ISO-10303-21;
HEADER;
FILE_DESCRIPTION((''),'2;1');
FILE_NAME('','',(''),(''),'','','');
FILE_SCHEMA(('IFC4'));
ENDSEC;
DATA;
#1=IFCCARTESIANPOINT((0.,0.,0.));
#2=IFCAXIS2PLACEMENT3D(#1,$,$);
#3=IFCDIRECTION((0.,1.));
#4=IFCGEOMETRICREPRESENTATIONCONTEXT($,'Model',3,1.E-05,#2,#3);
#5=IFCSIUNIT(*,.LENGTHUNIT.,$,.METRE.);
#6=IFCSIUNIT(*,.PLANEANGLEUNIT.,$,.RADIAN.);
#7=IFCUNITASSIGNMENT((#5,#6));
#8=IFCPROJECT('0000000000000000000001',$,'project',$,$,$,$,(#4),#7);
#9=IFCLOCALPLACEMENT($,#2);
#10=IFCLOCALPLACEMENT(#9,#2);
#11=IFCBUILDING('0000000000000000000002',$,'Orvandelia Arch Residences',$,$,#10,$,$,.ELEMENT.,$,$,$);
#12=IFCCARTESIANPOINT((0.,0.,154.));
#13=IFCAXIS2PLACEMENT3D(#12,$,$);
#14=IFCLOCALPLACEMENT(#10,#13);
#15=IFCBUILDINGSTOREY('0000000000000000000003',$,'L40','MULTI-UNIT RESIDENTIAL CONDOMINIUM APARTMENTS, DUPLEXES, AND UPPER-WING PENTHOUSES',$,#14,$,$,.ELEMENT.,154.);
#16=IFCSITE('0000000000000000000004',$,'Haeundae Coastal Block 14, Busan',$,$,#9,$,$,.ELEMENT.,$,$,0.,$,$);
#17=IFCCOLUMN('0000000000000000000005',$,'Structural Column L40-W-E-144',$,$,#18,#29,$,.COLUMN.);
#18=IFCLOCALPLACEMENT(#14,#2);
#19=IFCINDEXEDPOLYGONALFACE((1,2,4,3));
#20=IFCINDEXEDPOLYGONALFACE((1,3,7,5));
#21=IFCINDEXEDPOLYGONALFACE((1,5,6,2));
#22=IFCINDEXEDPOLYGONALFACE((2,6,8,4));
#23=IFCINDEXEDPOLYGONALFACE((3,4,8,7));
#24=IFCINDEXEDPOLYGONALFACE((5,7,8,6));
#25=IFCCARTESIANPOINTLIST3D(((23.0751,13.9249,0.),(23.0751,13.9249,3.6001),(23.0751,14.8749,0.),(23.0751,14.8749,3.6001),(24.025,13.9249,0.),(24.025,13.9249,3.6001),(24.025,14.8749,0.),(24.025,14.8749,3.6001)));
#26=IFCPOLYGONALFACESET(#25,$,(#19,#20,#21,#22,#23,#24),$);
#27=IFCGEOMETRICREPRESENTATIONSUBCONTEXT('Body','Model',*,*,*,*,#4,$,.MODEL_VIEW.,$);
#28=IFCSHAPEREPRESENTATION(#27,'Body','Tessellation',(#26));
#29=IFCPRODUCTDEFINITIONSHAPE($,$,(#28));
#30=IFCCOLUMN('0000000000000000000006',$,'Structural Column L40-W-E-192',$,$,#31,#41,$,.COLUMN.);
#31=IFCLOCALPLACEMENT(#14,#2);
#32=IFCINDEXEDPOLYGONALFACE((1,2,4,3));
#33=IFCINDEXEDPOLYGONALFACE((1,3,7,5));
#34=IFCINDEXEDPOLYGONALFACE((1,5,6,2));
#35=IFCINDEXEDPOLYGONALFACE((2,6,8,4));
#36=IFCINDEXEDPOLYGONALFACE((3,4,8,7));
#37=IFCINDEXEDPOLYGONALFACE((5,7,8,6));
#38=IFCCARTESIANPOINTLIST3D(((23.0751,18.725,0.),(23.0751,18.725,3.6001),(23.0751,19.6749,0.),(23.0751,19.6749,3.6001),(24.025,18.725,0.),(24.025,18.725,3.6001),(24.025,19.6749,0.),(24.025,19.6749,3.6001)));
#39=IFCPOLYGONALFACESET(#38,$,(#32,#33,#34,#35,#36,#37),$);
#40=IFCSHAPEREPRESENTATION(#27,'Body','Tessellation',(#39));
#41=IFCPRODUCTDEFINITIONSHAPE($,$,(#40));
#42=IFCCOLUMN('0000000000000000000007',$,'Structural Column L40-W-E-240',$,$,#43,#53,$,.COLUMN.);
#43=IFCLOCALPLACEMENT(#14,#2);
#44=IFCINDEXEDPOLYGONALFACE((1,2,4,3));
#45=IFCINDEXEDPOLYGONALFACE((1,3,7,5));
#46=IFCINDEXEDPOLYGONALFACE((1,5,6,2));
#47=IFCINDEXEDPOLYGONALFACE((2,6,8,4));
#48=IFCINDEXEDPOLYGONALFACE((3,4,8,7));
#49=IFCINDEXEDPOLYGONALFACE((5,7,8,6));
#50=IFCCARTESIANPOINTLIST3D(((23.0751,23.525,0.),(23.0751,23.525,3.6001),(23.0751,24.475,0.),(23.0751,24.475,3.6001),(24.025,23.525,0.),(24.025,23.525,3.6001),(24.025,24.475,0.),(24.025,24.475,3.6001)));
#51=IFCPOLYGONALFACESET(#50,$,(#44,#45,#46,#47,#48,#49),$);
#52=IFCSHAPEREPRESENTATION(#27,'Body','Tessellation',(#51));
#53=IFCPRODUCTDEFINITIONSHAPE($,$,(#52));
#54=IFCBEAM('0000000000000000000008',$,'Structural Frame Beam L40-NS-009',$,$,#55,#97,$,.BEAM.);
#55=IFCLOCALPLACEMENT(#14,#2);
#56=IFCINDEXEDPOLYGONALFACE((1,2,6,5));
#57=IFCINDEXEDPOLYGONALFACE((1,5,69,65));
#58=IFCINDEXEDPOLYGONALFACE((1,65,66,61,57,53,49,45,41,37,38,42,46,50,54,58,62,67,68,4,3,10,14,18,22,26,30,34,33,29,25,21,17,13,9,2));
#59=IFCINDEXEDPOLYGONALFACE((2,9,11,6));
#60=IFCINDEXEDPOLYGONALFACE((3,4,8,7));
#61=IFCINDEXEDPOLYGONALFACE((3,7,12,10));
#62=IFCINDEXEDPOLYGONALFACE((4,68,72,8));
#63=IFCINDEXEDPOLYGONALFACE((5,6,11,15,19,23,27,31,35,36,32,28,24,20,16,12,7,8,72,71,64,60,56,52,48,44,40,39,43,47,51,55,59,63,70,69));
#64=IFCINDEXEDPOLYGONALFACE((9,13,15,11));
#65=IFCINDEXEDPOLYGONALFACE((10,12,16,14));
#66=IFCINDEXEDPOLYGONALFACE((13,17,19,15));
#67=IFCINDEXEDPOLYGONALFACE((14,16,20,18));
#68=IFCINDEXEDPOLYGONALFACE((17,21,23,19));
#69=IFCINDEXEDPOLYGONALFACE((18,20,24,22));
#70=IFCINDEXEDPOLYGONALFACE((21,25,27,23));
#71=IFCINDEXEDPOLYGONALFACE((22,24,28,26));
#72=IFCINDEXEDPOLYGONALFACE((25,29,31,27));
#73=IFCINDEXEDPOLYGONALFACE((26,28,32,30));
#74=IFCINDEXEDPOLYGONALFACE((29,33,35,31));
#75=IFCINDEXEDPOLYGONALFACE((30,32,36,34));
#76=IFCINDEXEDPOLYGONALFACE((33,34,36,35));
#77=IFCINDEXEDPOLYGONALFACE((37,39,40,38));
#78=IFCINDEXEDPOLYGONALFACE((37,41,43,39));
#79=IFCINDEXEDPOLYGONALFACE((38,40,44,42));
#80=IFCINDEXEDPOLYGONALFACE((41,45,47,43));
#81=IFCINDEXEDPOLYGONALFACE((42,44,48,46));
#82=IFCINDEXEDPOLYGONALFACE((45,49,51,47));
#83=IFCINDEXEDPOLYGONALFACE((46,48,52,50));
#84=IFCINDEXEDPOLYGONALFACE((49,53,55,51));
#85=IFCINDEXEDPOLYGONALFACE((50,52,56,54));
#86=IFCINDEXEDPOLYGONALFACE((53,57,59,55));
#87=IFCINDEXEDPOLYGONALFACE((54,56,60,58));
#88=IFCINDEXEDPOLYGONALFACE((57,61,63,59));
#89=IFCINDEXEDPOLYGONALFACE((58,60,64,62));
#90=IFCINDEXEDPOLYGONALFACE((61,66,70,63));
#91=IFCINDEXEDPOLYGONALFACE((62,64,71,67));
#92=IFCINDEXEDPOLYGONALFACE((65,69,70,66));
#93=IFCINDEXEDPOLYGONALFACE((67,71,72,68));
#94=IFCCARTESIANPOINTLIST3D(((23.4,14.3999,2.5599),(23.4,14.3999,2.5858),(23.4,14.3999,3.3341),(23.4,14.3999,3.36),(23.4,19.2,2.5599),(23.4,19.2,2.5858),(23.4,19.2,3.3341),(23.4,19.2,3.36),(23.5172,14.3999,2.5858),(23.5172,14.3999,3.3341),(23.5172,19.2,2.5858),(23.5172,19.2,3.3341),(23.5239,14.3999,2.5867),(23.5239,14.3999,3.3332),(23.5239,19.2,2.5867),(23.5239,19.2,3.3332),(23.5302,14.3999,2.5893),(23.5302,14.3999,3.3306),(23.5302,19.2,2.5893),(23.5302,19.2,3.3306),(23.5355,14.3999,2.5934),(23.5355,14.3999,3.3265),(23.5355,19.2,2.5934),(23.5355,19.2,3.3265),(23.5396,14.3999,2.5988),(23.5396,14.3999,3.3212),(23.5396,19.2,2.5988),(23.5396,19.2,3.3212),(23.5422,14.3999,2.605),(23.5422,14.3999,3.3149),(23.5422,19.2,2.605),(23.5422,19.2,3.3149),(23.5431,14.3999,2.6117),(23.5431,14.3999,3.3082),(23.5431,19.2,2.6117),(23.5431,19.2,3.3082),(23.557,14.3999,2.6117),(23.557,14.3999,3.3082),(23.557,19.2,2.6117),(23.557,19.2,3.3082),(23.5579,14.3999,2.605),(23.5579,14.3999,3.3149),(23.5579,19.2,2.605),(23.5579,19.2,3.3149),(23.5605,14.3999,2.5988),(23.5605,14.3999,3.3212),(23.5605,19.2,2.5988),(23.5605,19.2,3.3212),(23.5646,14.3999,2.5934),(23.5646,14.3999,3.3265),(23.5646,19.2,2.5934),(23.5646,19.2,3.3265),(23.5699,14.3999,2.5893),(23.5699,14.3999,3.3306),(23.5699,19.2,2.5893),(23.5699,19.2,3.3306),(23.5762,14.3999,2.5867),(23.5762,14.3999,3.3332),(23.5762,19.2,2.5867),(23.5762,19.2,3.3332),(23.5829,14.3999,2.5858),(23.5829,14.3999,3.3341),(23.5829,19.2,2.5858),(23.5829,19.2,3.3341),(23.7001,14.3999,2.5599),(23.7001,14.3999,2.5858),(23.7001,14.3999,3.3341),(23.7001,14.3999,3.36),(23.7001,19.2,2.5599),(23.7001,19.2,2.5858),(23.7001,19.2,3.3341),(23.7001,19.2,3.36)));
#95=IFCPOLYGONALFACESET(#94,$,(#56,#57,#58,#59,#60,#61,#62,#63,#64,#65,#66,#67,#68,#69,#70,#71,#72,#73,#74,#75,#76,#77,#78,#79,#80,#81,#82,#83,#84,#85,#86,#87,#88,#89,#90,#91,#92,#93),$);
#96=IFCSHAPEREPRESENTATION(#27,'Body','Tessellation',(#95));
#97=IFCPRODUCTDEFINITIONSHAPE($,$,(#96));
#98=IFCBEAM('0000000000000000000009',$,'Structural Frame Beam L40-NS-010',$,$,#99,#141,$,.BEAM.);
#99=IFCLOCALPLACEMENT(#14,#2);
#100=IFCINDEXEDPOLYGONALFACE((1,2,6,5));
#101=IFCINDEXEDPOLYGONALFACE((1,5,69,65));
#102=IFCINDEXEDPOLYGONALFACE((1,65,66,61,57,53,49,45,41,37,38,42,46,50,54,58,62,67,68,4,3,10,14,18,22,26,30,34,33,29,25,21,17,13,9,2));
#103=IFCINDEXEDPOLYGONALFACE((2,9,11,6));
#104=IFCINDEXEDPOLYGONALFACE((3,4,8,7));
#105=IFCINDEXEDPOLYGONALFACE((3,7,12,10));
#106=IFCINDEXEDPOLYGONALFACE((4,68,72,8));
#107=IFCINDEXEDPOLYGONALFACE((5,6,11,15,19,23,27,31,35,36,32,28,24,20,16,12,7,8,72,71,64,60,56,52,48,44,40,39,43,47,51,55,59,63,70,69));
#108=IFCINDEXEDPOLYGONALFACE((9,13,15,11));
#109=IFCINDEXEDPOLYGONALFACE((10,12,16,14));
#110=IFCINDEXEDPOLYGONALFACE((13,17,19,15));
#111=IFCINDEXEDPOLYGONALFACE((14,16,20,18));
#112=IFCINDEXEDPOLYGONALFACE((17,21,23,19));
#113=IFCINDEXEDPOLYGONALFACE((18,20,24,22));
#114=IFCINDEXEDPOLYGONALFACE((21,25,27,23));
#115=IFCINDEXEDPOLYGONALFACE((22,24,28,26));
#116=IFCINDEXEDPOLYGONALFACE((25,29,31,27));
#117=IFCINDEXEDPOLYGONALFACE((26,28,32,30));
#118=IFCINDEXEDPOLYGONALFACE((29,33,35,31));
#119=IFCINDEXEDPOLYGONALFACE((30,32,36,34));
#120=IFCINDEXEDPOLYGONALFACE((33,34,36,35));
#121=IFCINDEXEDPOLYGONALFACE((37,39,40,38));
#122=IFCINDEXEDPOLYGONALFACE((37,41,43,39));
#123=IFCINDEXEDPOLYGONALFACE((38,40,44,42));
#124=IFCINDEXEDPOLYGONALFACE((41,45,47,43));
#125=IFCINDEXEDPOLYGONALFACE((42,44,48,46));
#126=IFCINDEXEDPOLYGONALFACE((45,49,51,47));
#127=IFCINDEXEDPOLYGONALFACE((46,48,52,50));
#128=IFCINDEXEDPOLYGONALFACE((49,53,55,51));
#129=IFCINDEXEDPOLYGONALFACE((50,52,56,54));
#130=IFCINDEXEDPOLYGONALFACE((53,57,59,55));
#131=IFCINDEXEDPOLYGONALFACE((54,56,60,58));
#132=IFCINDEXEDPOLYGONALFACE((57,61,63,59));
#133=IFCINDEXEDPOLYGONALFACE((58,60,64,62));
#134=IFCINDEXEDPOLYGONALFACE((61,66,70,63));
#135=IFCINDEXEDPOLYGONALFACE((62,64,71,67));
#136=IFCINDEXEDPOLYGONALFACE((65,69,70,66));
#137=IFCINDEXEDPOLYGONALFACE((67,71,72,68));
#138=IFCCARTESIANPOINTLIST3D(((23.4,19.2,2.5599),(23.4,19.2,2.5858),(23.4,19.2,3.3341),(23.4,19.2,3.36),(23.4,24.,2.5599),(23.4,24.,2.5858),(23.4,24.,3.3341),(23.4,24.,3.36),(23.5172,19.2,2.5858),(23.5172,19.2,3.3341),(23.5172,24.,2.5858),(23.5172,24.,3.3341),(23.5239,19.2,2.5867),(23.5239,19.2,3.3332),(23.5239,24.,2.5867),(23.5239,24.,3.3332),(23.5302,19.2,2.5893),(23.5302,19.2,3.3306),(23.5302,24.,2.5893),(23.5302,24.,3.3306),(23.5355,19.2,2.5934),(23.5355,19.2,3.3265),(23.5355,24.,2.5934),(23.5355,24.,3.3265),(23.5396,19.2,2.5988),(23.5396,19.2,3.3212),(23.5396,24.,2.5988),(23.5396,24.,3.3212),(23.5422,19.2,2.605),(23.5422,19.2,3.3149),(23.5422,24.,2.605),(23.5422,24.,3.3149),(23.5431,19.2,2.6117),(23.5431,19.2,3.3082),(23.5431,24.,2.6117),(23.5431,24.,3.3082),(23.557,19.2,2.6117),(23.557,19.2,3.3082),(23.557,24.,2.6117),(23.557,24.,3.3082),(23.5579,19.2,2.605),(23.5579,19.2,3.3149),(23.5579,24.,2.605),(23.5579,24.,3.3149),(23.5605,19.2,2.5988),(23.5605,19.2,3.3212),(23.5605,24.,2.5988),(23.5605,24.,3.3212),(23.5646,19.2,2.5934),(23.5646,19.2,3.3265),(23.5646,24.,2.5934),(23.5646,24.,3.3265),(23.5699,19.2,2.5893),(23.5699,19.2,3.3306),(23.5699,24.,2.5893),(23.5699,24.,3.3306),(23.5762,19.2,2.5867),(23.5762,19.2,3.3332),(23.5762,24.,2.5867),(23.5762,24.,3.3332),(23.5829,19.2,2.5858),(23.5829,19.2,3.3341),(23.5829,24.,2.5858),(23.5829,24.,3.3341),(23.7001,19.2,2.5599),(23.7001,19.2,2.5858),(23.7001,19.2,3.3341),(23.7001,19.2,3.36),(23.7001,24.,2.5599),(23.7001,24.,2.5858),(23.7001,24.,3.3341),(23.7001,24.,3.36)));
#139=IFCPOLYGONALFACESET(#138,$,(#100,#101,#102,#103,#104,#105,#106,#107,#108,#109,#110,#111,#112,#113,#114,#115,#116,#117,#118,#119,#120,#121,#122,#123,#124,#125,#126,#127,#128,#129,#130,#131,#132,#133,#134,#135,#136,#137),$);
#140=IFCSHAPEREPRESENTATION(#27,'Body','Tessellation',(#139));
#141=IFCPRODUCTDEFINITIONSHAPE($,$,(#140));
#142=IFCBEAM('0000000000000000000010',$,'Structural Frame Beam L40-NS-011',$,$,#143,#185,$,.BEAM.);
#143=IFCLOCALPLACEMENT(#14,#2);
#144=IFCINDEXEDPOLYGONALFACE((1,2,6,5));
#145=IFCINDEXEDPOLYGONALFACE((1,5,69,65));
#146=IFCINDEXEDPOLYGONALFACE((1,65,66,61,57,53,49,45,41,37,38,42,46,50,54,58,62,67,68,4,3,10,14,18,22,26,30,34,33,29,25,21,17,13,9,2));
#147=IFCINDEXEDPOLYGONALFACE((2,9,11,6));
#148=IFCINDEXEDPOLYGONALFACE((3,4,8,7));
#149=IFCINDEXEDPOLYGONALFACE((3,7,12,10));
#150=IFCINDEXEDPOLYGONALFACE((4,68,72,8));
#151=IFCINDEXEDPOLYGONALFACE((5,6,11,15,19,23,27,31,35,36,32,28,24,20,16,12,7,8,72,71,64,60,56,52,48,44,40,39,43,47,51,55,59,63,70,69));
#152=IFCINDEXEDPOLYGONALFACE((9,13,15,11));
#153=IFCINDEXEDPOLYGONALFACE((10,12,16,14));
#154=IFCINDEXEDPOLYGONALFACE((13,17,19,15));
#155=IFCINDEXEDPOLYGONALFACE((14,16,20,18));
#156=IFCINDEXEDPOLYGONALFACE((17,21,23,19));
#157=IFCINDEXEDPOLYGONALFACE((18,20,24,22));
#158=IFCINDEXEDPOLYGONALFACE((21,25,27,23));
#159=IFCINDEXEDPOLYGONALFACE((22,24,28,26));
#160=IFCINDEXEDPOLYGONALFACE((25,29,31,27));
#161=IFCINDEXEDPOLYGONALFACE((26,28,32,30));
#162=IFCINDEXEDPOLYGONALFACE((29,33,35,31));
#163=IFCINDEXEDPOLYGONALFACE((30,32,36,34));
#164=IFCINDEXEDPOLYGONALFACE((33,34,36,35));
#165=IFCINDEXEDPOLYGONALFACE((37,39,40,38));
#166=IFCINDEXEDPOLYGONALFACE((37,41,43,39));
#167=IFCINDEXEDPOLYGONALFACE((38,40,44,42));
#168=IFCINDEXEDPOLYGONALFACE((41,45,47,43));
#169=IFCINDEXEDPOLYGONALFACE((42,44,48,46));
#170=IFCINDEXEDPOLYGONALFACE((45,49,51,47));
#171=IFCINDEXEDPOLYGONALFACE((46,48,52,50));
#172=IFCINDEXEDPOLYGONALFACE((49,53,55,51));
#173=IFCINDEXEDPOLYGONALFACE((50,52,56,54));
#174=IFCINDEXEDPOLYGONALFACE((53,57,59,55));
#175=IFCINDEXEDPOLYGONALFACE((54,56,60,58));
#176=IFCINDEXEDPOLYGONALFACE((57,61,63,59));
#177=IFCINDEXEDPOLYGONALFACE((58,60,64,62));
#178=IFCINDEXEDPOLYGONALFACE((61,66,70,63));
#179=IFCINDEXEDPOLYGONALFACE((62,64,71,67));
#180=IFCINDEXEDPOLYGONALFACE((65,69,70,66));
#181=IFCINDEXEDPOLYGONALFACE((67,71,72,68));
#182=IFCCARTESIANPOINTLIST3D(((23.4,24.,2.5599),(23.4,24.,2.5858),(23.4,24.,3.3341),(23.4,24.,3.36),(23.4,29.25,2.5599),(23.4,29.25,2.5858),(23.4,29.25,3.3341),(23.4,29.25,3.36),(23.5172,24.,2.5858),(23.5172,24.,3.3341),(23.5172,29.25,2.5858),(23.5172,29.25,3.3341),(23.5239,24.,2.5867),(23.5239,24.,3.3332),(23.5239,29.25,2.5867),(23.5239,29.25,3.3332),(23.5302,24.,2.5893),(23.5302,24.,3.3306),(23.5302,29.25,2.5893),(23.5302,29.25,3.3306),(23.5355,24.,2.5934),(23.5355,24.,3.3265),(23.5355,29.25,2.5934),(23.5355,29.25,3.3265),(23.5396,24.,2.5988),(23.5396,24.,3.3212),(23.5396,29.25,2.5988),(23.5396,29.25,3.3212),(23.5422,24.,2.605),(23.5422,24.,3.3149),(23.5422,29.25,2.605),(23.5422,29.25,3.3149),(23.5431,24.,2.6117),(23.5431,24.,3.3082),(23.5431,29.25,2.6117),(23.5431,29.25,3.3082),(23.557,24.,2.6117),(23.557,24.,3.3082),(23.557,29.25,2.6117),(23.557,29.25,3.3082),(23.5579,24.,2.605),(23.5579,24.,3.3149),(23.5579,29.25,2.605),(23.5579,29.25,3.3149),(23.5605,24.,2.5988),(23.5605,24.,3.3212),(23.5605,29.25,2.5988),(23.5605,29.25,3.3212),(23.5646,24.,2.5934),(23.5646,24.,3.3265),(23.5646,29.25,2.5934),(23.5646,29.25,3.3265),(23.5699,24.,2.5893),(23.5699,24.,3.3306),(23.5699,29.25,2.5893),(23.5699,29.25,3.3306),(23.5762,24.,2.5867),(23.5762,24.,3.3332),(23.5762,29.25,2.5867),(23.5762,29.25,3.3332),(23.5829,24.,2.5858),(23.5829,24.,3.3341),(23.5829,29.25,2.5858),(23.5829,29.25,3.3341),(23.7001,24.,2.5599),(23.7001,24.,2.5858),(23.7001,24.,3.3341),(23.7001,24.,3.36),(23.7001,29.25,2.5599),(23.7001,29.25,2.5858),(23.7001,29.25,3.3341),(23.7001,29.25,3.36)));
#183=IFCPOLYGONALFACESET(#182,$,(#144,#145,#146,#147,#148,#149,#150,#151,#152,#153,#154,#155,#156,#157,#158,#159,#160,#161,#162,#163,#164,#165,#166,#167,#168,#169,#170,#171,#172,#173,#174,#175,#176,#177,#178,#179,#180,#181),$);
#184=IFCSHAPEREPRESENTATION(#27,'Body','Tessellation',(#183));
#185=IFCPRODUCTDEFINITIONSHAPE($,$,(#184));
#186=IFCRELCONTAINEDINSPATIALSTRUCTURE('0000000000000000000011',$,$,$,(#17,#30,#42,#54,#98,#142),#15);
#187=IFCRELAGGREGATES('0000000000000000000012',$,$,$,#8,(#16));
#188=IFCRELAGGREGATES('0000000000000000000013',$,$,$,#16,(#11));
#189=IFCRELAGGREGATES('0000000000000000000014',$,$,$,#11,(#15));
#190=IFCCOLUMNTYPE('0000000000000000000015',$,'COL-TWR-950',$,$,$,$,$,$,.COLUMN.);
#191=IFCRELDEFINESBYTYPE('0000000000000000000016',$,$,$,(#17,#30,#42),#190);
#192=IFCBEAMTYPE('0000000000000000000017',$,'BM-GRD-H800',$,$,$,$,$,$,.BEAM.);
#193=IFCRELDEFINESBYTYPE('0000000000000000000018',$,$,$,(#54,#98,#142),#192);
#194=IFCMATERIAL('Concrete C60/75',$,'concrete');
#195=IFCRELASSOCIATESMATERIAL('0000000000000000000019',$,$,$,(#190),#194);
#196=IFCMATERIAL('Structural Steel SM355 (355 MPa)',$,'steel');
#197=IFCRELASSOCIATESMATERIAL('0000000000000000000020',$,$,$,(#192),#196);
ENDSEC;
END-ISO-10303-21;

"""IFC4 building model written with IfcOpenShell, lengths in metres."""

from ifc_helpers import new_model, si_unit, direction, frame, origin, origin_2d, place, context, subcontext, project, spatial, rectangle, i_section, extrude, material, material_profile, profile_set, type_object, element, save


model = new_model("IFC4")

# Units and contexts
model_context = context("Model", 3, precision=1e-05, world=origin(), true_north=direction((0.0, 1.0)))
body_context = subcontext(model_context, "Body", "Model", "MODEL_VIEW")
ifc_project = project(units=[si_unit("LENGTHUNIT", "METRE"), si_unit("PLANEANGLEUNIT", "RADIAN")], contexts=[model_context])

# Site, building, storey
site_placement = place(None, origin())
site = spatial("IfcSite", under=ifc_project, at=site_placement, Name="Haeundae Coastal Block 14, Busan", CompositionType="ELEMENT", RefElevation=0.0)
building_placement = place(site_placement, origin())
building = spatial("IfcBuilding", under=site, at=building_placement, Name="Orvandelia Arch Residences", CompositionType="ELEMENT")
storey_placement = place(building_placement, frame((0.0, 0.0, 154.0)))
storey = spatial("IfcBuildingStorey", under=building, at=storey_placement, Name="L40", Description="MULTI-UNIT RESIDENTIAL CONDOMINIUM APARTMENTS, DUPLEXES, AND UPPER-WING PENTHOUSES", CompositionType="ELEMENT", Elevation=154.0)

# Columns
ifc_material_1 = material(Name="Concrete C60/75", Category="concrete")
ifc_material_profile_1 = material_profile(ifc_material_1, rectangle(XDim=0.95, YDim=0.95, at=origin_2d()), Name="Concrete C60/75", Category="concrete")
ifc_profile_set_1 = profile_set([ifc_material_profile_1], Name="Concrete C60/75")
column_type = type_object("IfcColumnType", Name="COL-TWR-950", PredefinedType="COLUMN", material=ifc_profile_set_1)
for number, where, z_axis, x_axis, name in (
    (1, (23.55, 14.3999, 0.0), (0.0, 0.0, 1.0), (1.0, 0.0, 0.0), "Structural Column L40-W-E-144"),
    (2, (23.55, 19.2, 0.0), (0.0, 0.0, 1.0), (1.0, 0.0, 0.0), "Structural Column L40-W-E-192"),
    (3, (23.55, 24.0, 0.0), (0.0, 0.0, 1.0), (1.0, 0.0, 0.0), "Structural Column L40-W-E-240"),
):
    element("IfcColumn", number, at=place(storey_placement, frame(where, z_axis=z_axis, x_axis=x_axis)), inside=storey, type_object=column_type, Name=name, PredefinedType="COLUMN", context=body_context, shape_type="SweptSolid", body=[
        extrude(rectangle(XDim=0.95, YDim=0.95, at=origin_2d()), origin(), (0.0, 0.0, 1.0), 3.6001),
    ])

# Beams
ifc_material_2 = material(Name="Structural Steel SM355 (355 MPa)", Category="steel")
ifc_material_profile_2 = material_profile(ifc_material_2, i_section(OverallWidth=0.3, OverallDepth=0.8, WebThickness=0.0139, FlangeThickness=0.0259, FilletRadius=0.0259, at=origin_2d()), Name="Structural Steel SM355 (355 MPa)", Category="steel")
ifc_profile_set_2 = profile_set([ifc_material_profile_2], Name="Structural Steel SM355 (355 MPa)")
beam_type = type_object("IfcBeamType", Name="BM-GRD-H800", PredefinedType="BEAM", material=ifc_profile_set_2)
for number, where, z_axis, x_axis, name in (
    (4, (23.55, 14.3999, 2.96), (0.0, 1.0, 0.0), (-1.0, 0.0, 0.0), "Structural Frame Beam L40-NS-009"),
    (5, (23.55, 19.2, 2.96), (0.0, 1.0, 0.0), (-1.0, 0.0, 0.0), "Structural Frame Beam L40-NS-010"),
):
    element("IfcBeam", number, at=place(storey_placement, frame(where, z_axis=z_axis, x_axis=x_axis)), inside=storey, type_object=beam_type, Name=name, PredefinedType="BEAM", context=body_context, shape_type="SweptSolid", body=[
        extrude(i_section(OverallWidth=0.3, OverallDepth=0.8, WebThickness=0.0139, FlangeThickness=0.0259, FilletRadius=0.0259, at=origin_2d()), origin(), (0.0, 0.0, 1.0), 4.8),
    ])
beam_placement = place(storey_placement, frame((23.55, 24.0, 2.96), z_axis=(0.0, 1.0, 0.0), x_axis=(-1.0, 0.0, 0.0)))
element("IfcBeam", 6, at=beam_placement, inside=storey, type_object=beam_type, Name="Structural Frame Beam L40-NS-011", PredefinedType="BEAM", context=body_context, shape_type="SweptSolid", body=[
    extrude(i_section(OverallWidth=0.3, OverallDepth=0.8, WebThickness=0.0139, FlangeThickness=0.0259, FilletRadius=0.0259, at=origin_2d()), origin(), (0.0, 0.0, 1.0), 5.25),
])

save(model, "model.ifc")
